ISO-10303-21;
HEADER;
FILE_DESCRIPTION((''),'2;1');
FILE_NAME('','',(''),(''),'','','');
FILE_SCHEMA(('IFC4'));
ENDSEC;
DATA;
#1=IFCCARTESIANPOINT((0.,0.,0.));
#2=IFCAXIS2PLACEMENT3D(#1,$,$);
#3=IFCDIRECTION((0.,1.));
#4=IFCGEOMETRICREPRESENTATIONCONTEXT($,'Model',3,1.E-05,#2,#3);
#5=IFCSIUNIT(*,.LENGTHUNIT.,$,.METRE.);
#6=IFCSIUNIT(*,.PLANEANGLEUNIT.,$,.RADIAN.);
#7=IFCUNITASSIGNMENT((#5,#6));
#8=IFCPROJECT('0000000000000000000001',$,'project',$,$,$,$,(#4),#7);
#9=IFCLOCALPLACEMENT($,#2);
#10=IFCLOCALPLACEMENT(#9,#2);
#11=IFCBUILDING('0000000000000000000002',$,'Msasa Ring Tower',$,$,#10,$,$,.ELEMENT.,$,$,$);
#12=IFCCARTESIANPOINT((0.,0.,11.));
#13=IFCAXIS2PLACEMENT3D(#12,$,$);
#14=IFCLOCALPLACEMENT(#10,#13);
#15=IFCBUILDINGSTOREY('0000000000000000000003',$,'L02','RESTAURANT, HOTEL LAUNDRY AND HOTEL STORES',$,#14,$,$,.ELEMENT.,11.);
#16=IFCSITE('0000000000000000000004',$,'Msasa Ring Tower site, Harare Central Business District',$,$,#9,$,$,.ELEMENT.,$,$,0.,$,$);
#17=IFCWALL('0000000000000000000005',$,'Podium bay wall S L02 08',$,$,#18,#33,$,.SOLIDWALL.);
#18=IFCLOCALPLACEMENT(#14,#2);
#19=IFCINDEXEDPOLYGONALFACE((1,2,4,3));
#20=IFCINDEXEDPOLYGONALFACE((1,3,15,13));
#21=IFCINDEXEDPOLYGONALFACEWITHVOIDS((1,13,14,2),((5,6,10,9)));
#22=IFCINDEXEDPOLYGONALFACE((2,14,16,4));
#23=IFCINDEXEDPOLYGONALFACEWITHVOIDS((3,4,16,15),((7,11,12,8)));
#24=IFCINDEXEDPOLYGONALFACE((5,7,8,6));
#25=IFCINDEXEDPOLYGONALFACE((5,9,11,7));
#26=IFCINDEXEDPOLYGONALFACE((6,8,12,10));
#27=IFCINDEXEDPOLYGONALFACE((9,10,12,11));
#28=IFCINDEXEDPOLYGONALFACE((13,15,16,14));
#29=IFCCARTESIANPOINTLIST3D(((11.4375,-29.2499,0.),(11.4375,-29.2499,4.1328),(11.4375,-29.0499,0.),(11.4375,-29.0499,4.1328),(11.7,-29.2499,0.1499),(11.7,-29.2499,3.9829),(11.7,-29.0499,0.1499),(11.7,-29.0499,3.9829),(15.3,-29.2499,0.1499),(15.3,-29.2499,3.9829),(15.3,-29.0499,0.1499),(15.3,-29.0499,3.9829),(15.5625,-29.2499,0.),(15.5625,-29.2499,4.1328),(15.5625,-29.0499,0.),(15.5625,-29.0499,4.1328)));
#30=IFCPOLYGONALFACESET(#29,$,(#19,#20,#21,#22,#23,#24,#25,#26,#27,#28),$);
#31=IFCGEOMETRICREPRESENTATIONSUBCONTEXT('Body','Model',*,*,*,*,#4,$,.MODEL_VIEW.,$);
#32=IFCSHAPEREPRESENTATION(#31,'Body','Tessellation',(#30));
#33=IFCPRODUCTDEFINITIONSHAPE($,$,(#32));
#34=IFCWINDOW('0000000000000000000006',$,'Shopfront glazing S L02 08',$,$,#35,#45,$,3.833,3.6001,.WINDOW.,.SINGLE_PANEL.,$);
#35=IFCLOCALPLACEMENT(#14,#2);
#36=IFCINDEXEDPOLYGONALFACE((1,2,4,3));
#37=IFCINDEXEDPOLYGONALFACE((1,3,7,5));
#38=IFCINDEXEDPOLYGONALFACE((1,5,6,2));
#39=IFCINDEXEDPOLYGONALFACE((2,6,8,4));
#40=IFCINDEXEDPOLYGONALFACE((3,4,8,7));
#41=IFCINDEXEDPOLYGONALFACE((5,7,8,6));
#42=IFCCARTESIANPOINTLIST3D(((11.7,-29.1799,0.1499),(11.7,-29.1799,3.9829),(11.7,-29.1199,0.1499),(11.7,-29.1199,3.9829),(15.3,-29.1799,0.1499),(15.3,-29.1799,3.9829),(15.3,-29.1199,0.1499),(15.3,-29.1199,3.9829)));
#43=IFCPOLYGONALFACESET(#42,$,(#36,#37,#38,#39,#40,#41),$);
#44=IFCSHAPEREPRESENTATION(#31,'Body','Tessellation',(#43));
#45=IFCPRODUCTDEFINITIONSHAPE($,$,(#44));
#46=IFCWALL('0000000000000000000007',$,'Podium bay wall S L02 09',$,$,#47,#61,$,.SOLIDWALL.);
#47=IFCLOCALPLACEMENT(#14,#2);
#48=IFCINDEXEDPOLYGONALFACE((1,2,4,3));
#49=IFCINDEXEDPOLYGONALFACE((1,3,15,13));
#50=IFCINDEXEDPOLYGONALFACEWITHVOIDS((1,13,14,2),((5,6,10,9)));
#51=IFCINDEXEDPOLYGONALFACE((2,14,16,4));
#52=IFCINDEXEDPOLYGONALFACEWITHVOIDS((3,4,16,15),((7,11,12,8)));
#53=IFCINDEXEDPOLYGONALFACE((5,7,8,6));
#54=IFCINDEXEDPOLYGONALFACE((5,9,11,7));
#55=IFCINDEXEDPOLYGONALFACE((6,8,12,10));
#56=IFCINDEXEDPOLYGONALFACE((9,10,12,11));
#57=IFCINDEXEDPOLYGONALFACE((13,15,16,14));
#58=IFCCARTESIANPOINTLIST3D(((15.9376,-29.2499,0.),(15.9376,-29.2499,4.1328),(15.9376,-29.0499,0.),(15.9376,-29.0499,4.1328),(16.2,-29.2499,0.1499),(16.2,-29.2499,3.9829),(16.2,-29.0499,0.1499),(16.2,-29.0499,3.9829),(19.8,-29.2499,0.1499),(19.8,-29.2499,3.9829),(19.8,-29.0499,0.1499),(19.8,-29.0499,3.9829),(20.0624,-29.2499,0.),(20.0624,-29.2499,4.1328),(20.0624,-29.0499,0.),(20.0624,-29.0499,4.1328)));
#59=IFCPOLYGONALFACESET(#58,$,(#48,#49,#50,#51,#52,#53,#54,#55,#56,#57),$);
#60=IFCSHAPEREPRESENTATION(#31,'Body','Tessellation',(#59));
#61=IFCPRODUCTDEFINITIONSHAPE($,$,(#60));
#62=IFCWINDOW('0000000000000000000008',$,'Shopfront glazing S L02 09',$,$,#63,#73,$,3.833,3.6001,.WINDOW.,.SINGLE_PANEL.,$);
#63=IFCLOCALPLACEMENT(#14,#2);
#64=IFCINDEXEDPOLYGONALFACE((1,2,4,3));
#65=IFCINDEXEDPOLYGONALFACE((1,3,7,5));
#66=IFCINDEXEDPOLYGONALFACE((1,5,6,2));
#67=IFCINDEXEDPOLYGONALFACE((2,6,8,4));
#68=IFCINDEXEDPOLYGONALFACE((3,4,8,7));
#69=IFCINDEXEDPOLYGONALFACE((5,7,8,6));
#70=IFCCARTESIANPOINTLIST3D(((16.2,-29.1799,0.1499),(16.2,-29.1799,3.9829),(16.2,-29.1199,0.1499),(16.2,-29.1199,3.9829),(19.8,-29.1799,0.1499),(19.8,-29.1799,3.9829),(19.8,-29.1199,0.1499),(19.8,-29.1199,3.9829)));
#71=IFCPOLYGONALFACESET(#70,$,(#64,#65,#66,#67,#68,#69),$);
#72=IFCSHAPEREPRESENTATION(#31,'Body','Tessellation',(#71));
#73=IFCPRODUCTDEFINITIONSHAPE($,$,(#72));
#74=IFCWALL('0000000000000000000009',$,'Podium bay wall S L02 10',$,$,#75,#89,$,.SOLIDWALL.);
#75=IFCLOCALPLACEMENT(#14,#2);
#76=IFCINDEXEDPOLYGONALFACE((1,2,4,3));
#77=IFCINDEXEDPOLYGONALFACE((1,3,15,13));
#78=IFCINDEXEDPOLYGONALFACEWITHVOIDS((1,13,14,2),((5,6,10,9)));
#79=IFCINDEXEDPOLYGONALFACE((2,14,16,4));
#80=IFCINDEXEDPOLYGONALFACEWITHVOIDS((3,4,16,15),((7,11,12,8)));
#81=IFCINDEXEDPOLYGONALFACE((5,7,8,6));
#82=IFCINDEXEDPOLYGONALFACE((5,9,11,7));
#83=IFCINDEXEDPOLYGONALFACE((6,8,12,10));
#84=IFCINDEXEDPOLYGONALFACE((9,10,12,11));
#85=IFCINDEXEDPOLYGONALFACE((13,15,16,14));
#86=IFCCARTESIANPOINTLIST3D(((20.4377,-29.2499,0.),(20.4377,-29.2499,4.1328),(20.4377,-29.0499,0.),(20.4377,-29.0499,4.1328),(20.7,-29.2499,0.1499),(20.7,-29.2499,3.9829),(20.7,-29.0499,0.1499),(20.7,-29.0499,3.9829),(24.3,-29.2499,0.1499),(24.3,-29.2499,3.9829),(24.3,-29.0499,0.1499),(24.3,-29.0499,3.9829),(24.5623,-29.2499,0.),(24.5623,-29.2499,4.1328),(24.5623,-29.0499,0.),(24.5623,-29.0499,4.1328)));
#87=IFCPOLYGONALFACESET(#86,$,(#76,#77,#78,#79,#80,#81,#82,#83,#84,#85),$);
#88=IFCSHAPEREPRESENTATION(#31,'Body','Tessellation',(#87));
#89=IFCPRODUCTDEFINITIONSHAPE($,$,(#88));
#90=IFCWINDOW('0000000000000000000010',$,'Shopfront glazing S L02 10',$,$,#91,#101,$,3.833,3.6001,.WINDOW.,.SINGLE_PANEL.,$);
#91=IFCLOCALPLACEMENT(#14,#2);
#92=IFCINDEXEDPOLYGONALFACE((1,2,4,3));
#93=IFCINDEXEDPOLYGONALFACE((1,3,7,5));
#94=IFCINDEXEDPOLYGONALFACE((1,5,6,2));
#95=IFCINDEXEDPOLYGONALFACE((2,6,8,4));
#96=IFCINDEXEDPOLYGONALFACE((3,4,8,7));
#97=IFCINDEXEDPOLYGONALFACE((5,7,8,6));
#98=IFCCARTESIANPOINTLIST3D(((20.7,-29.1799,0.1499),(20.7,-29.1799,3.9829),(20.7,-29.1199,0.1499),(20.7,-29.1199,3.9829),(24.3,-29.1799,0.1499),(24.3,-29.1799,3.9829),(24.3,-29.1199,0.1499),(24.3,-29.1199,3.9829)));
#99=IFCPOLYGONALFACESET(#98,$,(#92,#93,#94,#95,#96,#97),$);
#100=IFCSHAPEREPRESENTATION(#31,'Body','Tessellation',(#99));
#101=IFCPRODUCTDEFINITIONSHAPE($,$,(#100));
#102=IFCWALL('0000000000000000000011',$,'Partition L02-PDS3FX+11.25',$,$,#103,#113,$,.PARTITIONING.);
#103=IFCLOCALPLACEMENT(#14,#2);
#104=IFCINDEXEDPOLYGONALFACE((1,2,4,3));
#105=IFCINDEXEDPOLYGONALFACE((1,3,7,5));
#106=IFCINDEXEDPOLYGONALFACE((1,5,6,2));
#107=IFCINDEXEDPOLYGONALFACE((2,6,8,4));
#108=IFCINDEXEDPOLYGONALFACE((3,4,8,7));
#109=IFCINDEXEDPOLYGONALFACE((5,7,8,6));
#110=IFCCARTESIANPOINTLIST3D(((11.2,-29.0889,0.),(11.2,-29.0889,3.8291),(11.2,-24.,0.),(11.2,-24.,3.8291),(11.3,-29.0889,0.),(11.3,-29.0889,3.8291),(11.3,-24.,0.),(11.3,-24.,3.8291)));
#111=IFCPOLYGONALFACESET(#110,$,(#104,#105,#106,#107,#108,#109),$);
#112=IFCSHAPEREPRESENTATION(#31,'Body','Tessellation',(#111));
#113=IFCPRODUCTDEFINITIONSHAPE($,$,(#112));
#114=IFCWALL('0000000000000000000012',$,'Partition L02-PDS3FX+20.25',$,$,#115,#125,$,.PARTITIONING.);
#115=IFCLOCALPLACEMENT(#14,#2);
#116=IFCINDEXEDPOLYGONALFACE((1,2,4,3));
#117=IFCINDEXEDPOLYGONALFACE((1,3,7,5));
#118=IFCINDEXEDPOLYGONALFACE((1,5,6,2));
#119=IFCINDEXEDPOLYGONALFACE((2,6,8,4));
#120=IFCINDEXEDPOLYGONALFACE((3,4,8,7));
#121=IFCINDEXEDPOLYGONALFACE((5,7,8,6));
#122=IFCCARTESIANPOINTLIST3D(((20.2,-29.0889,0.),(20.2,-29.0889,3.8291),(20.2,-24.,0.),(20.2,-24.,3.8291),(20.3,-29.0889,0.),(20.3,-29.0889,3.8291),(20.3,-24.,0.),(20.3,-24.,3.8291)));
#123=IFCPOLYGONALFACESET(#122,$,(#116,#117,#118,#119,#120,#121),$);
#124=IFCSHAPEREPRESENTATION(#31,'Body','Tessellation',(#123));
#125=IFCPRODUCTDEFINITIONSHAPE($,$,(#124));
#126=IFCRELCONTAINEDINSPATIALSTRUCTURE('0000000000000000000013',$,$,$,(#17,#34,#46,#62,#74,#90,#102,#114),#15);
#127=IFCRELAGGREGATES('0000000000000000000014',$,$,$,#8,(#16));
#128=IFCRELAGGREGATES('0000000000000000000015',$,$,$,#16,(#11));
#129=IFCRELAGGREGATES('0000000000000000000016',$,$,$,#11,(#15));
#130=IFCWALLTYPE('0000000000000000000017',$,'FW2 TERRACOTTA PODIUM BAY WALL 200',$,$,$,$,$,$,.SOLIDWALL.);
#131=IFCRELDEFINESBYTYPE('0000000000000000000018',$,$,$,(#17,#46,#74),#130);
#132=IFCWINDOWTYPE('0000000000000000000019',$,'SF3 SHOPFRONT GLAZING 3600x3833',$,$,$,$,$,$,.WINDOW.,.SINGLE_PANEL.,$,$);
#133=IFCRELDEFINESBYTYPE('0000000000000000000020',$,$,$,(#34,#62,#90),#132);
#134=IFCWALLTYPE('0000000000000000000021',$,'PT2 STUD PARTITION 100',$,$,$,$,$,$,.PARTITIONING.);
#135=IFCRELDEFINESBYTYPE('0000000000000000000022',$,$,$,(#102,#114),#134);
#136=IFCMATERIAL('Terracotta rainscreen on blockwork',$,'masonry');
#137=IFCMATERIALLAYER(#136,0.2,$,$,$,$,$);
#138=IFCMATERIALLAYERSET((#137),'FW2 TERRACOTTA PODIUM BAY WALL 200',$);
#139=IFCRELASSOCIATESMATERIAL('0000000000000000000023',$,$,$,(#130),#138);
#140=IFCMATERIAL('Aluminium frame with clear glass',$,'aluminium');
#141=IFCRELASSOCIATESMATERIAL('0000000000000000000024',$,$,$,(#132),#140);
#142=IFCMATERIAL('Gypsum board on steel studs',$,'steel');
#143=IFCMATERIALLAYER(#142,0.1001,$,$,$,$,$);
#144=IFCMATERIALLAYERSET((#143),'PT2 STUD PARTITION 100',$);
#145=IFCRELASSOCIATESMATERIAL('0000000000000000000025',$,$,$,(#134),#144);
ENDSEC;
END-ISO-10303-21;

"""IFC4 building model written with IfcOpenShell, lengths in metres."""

from ifc_helpers import new_model, si_unit, direction, frame, frame_2d, origin, place, context, subcontext, project, spatial, rectangle, extrude, material, layer, layer_set, type_object, element, fill, save


model = new_model("IFC4")

# Units and contexts
model_context = context("Model", 3, precision=1e-05, world=origin(), true_north=direction((0.0, 1.0)))
body_context = subcontext(model_context, "Body", "Model", "MODEL_VIEW")
ifc_project = project(units=[si_unit("LENGTHUNIT", "METRE"), si_unit("PLANEANGLEUNIT", "RADIAN")], contexts=[model_context])

# Site, building, storey
site_placement = place(None, origin())
site = spatial("IfcSite", under=ifc_project, at=site_placement, Name="Msasa Ring Tower site, Harare Central Business District", CompositionType="ELEMENT", RefElevation=0.0)
building_placement = place(site_placement, origin())
building = spatial("IfcBuilding", under=site, at=building_placement, Name="Msasa Ring Tower", CompositionType="ELEMENT")
storey_placement = place(building_placement, frame((0.0, 0.0, 11.0)))
storey = spatial("IfcBuildingStorey", under=building, at=storey_placement, Name="L02", Description="RESTAURANT, HOTEL LAUNDRY AND HOTEL STORES", CompositionType="ELEMENT", Elevation=11.0)

# Walls, openings, windows
ifc_material_1 = material(Name="Terracotta rainscreen on blockwork", Category="masonry")
ifc_layer_1 = layer(ifc_material_1, 0.2)
ifc_layer_set_1 = layer_set([ifc_layer_1], Name="FW2 TERRACOTTA PODIUM BAY WALL 200")
wall_type_1 = type_object("IfcWallType", Name="FW2 TERRACOTTA PODIUM BAY WALL 200", PredefinedType="SOLIDWALL", material=ifc_layer_set_1)
wall_1_placement = place(storey_placement, frame((11.4375, -29.1499, 0.0), z_axis=(0.0, 0.0, 1.0), x_axis=(1.0, 0.0, 0.0)))
wall_1 = element("IfcWall", 1, at=wall_1_placement, inside=storey, type_object=wall_type_1, Name="Podium bay wall S L02 08", PredefinedType="SOLIDWALL", context=body_context, shape_type="SweptSolid", body=[
    extrude(rectangle(XDim=4.125, YDim=0.2, at=frame_2d((2.0625, 0.0))), origin(), (0.0, 0.0, 1.0), 4.1328),
])
opening_1_placement = place(wall_1_placement, frame((0.2625, 0.0, 0.1499)))
opening_1 = element("IfcOpeningElement", 2, at=opening_1_placement, cuts=wall_1, PredefinedType="OPENING", context=body_context, shape_type="SweptSolid", body=[
    extrude(rectangle(XDim=3.6001, YDim=3.833, at=frame_2d((1.8, 1.9165))), frame((0.0, 0.1099, 0.0), z_axis=(0.0, -1.0, 0.0), x_axis=(1.0, 0.0, 0.0)), (0.0, 0.0, 1.0), 0.22),
])
ifc_material_2 = material(Name="Aluminium frame with clear glass", Category="aluminium")
window_type = type_object("IfcWindowType", Name="SF3 SHOPFRONT GLAZING 3600x3833", PartitioningType="SINGLE_PANEL", PredefinedType="WINDOW", material=ifc_material_2)
window_1_placement = place(opening_1_placement, origin())
window_1 = element("IfcWindow", 3, at=window_1_placement, inside=storey, type_object=window_type, Name="Shopfront glazing S L02 08", OverallHeight=3.833, OverallWidth=3.6001, PartitioningType="SINGLE_PANEL", PredefinedType="WINDOW", context=body_context, shape_type="SweptSolid", body=[
    extrude(rectangle(XDim=3.6001, YDim=3.833, at=frame_2d((1.8, 1.9165))), frame((0.0, 0.03, 0.0), z_axis=(0.0, -1.0, 0.0), x_axis=(1.0, 0.0, 0.0)), (0.0, 0.0, 1.0), 0.0601),
])
fill(opening_1, window_1)
wall_2_placement = place(storey_placement, frame((15.9375, -29.1499, 0.0), z_axis=(0.0, 0.0, 1.0), x_axis=(1.0, 0.0, 0.0)))
wall_2 = element("IfcWall", 4, at=wall_2_placement, inside=storey, type_object=wall_type_1, Name="Podium bay wall S L02 09", PredefinedType="SOLIDWALL", context=body_context, shape_type="SweptSolid", body=[
    extrude(rectangle(XDim=4.1248, YDim=0.2, at=frame_2d((2.0625, 0.0))), origin(), (0.0, 0.0, 1.0), 4.1328),
])
opening_2_placement = place(wall_2_placement, frame((0.2625, 0.0, 0.1499)))
opening_2 = element("IfcOpeningElement", 5, at=opening_2_placement, cuts=wall_2, PredefinedType="OPENING", context=body_context, shape_type="SweptSolid", body=[
    extrude(rectangle(XDim=3.6001, YDim=3.833, at=frame_2d((1.8, 1.9165))), frame((0.0, 0.1099, 0.0), z_axis=(0.0, -1.0, 0.0), x_axis=(1.0, 0.0, 0.0)), (0.0, 0.0, 1.0), 0.22),
])
window_2_placement = place(opening_2_placement, origin())
window_2 = element("IfcWindow", 6, at=window_2_placement, inside=storey, type_object=window_type, Name="Shopfront glazing S L02 09", OverallHeight=3.833, OverallWidth=3.6001, PartitioningType="SINGLE_PANEL", PredefinedType="WINDOW", context=body_context, shape_type="SweptSolid", body=[
    extrude(rectangle(XDim=3.6001, YDim=3.833, at=frame_2d((1.8, 1.9165))), frame((0.0, 0.03, 0.0), z_axis=(0.0, -1.0, 0.0), x_axis=(1.0, 0.0, 0.0)), (0.0, 0.0, 1.0), 0.0601),
])
fill(opening_2, window_2)
wall_3_placement = place(storey_placement, frame((20.4377, -29.1499, 0.0), z_axis=(0.0, 0.0, 1.0), x_axis=(1.0, 0.0, 0.0)))
wall_3 = element("IfcWall", 7, at=wall_3_placement, inside=storey, type_object=wall_type_1, Name="Podium bay wall S L02 10", PredefinedType="SOLIDWALL", context=body_context, shape_type="SweptSolid", body=[
    extrude(rectangle(XDim=4.1245, YDim=0.2, at=frame_2d((2.0623, 0.0))), origin(), (0.0, 0.0, 1.0), 4.1328),
])
opening_3_placement = place(wall_3_placement, frame((0.2622, 0.0, 0.1499)))
opening_3 = element("IfcOpeningElement", 8, at=opening_3_placement, cuts=wall_3, PredefinedType="OPENING", context=body_context, shape_type="SweptSolid", body=[
    extrude(rectangle(XDim=3.6001, YDim=3.833, at=frame_2d((1.8, 1.9165))), frame((0.0, 0.1099, 0.0), z_axis=(0.0, -1.0, 0.0), x_axis=(1.0, 0.0, 0.0)), (0.0, 0.0, 1.0), 0.22),
])
window_3_placement = place(opening_3_placement, origin())
window_3 = element("IfcWindow", 9, at=window_3_placement, inside=storey, type_object=window_type, Name="Shopfront glazing S L02 10", OverallHeight=3.833, OverallWidth=3.6001, PartitioningType="SINGLE_PANEL", PredefinedType="WINDOW", context=body_context, shape_type="SweptSolid", body=[
    extrude(rectangle(XDim=3.6001, YDim=3.833, at=frame_2d((1.8, 1.9165))), frame((0.0, 0.03, 0.0), z_axis=(0.0, -1.0, 0.0), x_axis=(1.0, 0.0, 0.0)), (0.0, 0.0, 1.0), 0.0601),
])
fill(opening_3, window_3)

# Walls
ifc_material_3 = material(Name="Gypsum board on steel studs", Category="steel")
ifc_layer_2 = layer(ifc_material_3, 0.1001)
ifc_layer_set_2 = layer_set([ifc_layer_2], Name="PT2 STUD PARTITION 100")
wall_type_2 = type_object("IfcWallType", Name="PT2 STUD PARTITION 100", PredefinedType="PARTITIONING", material=ifc_layer_set_2)
for number, where, z_axis, x_axis, name in (
    (10, (11.25, -29.0889, 0.0), (0.0, 0.0, 1.0), (0.0, 1.0, 0.0), "Partition L02-PDS3FX+11.25"),
    (11, (20.25, -29.0889, 0.0), (0.0, 0.0, 1.0), (0.0, 1.0, 0.0), "Partition L02-PDS3FX+20.25"),
):
    element("IfcWall", number, at=place(storey_placement, frame(where, z_axis=z_axis, x_axis=x_axis)), inside=storey, type_object=wall_type_2, Name=name, PredefinedType="PARTITIONING", context=body_context, shape_type="SweptSolid", body=[
        extrude(rectangle(XDim=5.0889, YDim=0.1001, at=frame_2d((2.5444, 0.0))), origin(), (0.0, 0.0, 1.0), 3.8291),
    ])

save(model, "model.ifc")
